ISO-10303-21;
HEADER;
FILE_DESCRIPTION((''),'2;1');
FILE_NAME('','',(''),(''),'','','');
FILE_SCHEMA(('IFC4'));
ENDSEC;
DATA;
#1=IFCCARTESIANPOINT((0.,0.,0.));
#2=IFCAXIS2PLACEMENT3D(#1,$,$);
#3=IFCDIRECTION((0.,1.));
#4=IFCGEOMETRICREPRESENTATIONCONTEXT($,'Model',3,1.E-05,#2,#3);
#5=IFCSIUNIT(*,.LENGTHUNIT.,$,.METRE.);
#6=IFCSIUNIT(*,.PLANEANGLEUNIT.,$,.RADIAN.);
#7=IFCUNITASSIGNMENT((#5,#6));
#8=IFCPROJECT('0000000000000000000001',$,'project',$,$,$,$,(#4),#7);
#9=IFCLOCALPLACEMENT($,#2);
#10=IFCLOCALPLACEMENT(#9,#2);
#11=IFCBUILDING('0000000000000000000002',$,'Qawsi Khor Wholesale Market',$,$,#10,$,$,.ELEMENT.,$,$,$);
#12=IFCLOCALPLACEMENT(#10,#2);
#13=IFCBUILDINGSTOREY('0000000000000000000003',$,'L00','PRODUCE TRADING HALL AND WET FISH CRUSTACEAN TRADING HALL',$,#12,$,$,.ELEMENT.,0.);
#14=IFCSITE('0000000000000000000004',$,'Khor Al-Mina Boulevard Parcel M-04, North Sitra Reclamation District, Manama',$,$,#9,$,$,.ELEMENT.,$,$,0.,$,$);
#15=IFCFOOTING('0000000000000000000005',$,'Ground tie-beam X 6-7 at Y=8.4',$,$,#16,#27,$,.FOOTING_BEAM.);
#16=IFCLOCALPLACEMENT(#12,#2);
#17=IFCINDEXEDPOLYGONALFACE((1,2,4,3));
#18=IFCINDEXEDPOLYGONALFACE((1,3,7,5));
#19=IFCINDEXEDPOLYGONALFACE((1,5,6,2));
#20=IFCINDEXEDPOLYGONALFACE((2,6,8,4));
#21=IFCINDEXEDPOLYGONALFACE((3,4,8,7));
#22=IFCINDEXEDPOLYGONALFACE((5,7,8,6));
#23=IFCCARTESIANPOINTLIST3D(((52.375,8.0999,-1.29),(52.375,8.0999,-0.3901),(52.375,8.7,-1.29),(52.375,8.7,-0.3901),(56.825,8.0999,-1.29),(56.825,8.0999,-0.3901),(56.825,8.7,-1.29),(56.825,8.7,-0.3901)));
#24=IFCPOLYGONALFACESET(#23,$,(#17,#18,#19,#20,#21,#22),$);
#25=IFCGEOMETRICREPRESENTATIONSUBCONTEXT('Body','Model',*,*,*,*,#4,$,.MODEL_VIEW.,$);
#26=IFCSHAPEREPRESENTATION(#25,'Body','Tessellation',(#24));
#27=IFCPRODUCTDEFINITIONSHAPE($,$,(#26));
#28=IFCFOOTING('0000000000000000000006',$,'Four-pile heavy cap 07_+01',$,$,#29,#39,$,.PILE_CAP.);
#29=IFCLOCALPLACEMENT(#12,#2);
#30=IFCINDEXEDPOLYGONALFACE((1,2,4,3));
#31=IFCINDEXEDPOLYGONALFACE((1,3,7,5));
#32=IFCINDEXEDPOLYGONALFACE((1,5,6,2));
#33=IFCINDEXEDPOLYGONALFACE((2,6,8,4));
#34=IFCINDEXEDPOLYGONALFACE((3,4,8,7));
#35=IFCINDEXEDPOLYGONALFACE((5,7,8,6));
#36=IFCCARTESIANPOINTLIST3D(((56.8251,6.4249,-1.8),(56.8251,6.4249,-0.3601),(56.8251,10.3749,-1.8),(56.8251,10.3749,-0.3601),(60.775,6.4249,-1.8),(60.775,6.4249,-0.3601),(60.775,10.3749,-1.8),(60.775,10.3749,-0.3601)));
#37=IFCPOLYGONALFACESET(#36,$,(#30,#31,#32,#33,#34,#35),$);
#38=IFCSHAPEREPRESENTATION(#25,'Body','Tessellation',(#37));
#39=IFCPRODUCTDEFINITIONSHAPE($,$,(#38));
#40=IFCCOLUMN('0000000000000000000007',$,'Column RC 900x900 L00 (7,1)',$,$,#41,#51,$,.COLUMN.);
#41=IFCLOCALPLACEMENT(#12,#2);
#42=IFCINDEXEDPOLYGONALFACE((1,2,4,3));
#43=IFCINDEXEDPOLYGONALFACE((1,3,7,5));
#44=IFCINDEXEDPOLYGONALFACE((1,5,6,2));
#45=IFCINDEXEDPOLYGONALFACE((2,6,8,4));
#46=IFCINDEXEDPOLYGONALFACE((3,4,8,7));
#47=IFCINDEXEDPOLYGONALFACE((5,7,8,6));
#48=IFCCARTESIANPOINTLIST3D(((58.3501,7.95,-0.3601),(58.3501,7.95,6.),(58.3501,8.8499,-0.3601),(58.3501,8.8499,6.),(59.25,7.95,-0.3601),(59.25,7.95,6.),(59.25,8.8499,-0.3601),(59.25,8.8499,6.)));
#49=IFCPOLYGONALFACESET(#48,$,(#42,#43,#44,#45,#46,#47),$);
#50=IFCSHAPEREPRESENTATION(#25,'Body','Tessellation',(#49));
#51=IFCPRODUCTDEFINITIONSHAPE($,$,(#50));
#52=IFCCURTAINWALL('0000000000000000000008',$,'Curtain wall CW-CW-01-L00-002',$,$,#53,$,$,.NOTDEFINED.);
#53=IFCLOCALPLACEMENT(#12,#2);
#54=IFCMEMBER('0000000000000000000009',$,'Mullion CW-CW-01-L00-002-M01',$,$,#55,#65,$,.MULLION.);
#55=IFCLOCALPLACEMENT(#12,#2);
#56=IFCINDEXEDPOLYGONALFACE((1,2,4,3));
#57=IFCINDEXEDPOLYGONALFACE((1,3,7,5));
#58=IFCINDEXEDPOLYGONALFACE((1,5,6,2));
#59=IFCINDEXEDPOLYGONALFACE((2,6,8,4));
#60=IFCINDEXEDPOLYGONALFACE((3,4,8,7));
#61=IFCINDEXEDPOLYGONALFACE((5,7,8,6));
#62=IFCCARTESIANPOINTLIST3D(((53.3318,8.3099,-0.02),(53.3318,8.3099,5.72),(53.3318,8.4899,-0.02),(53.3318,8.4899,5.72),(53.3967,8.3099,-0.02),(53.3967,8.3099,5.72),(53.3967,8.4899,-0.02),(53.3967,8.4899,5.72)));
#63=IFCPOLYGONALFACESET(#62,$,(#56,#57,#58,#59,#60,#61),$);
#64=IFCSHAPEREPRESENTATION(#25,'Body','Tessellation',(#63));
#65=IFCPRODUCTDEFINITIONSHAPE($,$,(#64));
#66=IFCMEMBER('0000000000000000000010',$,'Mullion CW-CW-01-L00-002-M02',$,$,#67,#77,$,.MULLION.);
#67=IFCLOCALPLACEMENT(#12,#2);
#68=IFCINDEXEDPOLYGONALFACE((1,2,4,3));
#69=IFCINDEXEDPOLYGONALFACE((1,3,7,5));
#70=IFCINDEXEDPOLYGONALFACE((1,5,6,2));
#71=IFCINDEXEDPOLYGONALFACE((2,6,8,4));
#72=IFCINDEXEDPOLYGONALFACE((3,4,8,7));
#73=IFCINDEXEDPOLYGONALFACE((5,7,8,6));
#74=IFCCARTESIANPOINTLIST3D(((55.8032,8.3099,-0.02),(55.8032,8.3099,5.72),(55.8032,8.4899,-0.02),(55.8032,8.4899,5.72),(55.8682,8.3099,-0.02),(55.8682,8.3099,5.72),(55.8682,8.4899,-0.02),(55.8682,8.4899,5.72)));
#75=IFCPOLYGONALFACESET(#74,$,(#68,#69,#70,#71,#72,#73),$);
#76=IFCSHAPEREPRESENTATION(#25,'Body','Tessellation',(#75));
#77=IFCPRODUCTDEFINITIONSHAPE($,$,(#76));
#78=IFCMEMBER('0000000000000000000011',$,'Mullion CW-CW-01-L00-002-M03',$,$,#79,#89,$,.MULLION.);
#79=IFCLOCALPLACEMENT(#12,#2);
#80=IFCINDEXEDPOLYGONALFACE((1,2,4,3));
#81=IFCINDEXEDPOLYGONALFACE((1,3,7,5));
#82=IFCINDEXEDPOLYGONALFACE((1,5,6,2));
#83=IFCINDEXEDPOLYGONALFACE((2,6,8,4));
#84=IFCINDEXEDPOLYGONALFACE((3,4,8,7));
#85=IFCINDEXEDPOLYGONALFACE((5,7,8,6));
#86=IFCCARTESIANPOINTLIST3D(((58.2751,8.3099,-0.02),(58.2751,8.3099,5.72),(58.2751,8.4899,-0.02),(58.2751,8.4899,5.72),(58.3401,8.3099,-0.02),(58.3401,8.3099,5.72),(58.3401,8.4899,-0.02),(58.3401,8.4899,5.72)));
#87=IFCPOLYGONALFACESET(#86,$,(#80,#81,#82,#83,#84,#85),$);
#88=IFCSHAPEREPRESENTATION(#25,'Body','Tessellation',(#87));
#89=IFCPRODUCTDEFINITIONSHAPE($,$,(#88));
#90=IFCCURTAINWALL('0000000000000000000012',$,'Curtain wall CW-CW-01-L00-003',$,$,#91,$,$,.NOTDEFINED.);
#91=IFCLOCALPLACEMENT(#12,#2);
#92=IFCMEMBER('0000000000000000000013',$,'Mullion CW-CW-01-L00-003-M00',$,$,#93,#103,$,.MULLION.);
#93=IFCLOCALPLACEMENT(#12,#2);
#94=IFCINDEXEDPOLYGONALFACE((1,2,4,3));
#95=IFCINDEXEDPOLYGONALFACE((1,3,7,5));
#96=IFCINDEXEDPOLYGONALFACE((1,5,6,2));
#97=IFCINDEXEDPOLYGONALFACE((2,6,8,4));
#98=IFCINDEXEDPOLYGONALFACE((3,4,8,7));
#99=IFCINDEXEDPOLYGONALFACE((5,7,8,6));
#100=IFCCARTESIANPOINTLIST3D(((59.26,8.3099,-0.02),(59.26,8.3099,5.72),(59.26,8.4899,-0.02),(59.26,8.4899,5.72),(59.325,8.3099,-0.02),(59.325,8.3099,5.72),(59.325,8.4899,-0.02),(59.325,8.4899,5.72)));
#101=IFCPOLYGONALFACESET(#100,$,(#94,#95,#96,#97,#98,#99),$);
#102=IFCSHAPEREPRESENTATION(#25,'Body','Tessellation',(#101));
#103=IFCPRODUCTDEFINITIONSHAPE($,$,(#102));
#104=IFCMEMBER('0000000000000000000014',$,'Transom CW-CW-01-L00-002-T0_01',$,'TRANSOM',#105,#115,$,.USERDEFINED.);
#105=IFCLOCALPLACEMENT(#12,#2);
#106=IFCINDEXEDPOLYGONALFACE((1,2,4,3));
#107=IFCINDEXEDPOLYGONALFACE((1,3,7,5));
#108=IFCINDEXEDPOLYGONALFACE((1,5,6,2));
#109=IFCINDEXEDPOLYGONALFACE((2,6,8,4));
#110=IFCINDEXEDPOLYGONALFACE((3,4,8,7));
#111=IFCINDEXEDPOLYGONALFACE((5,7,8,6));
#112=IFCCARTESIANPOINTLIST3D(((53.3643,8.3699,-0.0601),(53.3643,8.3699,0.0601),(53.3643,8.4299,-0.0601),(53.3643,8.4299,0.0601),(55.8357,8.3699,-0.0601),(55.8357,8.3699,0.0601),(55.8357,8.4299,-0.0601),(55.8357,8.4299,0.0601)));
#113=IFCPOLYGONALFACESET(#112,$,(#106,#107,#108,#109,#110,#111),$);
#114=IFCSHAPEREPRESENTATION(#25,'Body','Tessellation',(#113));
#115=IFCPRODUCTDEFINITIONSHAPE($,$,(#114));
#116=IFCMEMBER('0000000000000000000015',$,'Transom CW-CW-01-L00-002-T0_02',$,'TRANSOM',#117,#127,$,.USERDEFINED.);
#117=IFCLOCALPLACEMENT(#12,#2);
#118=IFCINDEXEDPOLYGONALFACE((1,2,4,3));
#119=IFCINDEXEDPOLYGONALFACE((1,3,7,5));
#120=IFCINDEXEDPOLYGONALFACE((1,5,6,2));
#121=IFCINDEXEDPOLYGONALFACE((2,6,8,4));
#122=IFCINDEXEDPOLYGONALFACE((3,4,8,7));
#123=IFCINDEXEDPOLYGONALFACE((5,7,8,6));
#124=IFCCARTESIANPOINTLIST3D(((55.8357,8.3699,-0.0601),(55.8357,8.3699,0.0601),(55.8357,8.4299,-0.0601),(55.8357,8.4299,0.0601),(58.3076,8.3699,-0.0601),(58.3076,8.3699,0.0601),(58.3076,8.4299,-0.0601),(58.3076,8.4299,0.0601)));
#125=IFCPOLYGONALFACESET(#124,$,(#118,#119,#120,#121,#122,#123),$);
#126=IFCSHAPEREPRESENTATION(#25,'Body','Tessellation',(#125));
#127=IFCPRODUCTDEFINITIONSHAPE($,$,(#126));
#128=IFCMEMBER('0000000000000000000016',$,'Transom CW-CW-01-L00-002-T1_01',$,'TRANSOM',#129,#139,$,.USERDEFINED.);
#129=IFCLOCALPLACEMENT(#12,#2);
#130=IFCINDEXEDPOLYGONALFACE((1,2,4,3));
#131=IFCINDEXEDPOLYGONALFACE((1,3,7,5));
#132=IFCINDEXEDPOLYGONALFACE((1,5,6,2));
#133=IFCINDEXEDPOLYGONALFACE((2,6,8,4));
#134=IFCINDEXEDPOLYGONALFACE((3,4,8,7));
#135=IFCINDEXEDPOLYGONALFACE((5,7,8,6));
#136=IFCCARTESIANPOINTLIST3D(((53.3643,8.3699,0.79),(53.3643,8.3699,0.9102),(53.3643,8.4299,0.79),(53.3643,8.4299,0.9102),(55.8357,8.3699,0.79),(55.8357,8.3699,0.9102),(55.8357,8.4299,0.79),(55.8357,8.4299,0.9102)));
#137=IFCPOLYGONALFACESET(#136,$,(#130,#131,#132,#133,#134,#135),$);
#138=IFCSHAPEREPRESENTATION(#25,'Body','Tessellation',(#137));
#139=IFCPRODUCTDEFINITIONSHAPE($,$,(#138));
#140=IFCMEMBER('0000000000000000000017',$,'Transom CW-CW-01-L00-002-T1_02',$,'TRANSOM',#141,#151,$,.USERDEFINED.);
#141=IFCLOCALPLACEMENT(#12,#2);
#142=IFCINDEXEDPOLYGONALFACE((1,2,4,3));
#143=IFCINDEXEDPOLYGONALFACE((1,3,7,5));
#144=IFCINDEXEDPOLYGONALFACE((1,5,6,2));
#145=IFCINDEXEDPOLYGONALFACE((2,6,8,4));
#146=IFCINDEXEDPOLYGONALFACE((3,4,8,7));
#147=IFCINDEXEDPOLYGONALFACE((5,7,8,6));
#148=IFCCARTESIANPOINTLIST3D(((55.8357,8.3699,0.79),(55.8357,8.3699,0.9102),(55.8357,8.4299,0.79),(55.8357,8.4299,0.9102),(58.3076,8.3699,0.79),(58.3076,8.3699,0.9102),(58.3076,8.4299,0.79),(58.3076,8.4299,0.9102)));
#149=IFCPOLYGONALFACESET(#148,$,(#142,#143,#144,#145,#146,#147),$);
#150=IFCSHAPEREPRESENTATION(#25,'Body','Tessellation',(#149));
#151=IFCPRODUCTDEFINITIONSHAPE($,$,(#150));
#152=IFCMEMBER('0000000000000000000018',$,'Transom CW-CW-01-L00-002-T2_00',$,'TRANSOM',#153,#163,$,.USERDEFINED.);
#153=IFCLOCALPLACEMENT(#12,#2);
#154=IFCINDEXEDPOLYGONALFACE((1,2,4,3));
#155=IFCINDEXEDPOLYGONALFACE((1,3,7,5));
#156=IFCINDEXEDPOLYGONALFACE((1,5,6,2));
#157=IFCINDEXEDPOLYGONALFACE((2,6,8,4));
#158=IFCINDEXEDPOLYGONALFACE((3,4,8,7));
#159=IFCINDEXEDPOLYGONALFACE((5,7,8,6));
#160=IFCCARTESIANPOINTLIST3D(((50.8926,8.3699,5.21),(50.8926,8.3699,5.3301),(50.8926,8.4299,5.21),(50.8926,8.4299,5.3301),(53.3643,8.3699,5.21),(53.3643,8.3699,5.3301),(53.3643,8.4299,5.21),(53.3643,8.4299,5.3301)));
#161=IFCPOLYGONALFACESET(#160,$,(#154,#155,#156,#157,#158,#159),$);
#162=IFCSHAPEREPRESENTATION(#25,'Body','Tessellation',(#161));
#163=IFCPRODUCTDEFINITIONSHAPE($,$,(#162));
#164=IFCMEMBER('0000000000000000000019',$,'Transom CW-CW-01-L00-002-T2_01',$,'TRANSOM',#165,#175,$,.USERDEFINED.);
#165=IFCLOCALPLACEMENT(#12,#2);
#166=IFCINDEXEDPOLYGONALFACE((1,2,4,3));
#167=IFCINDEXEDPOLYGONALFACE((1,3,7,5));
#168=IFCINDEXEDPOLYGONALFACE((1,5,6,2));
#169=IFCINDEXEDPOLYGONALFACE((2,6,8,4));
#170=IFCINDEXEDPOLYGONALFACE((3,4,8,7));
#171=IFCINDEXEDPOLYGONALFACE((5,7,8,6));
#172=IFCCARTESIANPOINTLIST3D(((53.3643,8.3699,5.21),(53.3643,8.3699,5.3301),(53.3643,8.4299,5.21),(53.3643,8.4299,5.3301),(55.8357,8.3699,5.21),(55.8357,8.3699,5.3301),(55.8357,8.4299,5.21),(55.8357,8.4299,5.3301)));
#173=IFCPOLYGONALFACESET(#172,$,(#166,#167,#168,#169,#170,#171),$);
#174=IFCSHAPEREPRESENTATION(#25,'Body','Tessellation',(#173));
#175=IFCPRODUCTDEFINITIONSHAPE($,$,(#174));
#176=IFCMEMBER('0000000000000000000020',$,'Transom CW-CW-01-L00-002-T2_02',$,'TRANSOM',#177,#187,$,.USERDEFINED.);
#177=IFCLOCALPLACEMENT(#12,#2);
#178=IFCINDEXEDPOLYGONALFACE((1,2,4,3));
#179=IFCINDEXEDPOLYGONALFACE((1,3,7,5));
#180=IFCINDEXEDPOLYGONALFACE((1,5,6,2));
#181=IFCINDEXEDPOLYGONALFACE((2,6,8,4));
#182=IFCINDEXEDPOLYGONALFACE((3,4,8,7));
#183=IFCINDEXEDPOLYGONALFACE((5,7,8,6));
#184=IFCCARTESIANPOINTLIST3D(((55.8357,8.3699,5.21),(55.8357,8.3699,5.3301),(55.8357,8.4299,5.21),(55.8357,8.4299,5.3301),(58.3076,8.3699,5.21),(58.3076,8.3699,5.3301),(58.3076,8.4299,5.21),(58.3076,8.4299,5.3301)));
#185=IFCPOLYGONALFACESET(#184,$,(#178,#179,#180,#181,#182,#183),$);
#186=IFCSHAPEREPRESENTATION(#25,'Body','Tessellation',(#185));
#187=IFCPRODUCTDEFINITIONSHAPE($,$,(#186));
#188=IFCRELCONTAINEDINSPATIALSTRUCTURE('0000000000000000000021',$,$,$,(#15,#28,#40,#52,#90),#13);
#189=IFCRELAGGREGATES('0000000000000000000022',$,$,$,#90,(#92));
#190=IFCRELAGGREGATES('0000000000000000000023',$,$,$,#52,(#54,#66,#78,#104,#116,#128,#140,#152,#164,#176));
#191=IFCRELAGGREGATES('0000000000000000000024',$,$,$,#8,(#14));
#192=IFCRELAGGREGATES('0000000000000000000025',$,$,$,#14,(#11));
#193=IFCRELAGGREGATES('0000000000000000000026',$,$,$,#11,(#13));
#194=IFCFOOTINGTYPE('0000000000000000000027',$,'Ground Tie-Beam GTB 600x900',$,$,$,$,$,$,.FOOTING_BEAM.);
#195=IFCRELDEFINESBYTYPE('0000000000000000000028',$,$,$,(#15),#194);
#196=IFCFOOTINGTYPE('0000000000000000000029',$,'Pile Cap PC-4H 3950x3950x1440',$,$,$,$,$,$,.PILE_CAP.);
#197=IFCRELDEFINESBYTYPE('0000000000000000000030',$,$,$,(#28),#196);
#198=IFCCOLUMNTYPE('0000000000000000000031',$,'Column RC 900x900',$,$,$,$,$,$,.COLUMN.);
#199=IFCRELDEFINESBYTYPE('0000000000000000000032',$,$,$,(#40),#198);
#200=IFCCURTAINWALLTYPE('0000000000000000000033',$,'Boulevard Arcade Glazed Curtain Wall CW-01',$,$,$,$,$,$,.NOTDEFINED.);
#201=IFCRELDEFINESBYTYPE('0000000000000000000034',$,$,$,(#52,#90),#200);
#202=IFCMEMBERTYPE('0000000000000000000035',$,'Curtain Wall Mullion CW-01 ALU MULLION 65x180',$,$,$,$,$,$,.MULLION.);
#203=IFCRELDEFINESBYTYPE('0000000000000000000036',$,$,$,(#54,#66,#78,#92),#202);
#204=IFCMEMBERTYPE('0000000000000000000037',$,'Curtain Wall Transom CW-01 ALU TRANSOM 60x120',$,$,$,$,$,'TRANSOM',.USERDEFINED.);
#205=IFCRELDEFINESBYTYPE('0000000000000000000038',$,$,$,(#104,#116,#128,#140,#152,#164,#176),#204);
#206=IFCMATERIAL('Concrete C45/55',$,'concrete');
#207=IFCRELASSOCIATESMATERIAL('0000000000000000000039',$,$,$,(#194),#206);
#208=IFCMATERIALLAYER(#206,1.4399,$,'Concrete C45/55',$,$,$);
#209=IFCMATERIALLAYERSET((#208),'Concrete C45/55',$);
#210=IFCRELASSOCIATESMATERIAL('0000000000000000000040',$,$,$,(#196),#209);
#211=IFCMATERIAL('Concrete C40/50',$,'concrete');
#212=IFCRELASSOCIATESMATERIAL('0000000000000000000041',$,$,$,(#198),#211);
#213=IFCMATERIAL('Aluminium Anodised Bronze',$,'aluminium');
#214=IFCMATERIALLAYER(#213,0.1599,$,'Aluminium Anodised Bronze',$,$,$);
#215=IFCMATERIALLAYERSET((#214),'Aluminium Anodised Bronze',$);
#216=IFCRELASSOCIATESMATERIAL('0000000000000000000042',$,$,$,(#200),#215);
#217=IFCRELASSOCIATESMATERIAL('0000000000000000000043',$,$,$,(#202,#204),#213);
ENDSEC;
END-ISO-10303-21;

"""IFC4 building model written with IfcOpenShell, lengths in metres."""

from ifc_helpers import new_model, si_unit, direction, frame, origin, origin_2d, place, context, subcontext, project, spatial, rectangle, extrude, material, layer, layer_set, material_profile, profile_set, type_object, element, aggregate, save


model = new_model("IFC4")

# Units and contexts
model_context = context("Model", 3, precision=1e-05, world=origin(), true_north=direction((0.0, 1.0)))
body_context = subcontext(model_context, "Body", "Model", "MODEL_VIEW")
ifc_project = project(units=[si_unit("LENGTHUNIT", "METRE"), si_unit("PLANEANGLEUNIT", "RADIAN")], contexts=[model_context])

# Site, building, storey
site_placement = place(None, origin())
site = spatial("IfcSite", under=ifc_project, at=site_placement, Name="Khor Al-Mina Boulevard Parcel M-04, North Sitra Reclamation District, Manama", CompositionType="ELEMENT", RefElevation=0.0)
building_placement = place(site_placement, origin())
building = spatial("IfcBuilding", under=site, at=building_placement, Name="Qawsi Khor Wholesale Market", CompositionType="ELEMENT")
storey_placement = place(building_placement, origin())
storey = spatial("IfcBuildingStorey", under=building, at=storey_placement, Name="L00", Description="PRODUCE TRADING HALL AND WET FISH CRUSTACEAN TRADING HALL", CompositionType="ELEMENT", Elevation=0.0)

# Footings
ifc_material_1 = material(Name="Concrete C45/55", Category="concrete")
ifc_material_profile_1 = material_profile(ifc_material_1, rectangle(XDim=0.6001, YDim=0.8999, at=origin_2d()), Name="RC 600x900")
ifc_profile_set_1 = profile_set([ifc_material_profile_1], Name="Concrete C45/55")
footing_type_1 = type_object("IfcFootingType", Name="Ground Tie-Beam GTB 600x900", PredefinedType="FOOTING_BEAM", material=ifc_profile_set_1)
footing_1_placement = place(storey_placement, frame((52.375, 8.3999, -0.8401), z_axis=(1.0, 0.0, 0.0), x_axis=(0.0, 1.0, 0.0)))
element("IfcFooting", 1, at=footing_1_placement, inside=storey, type_object=footing_type_1, Name="Ground tie-beam X 6-7 at Y=8.4", PredefinedType="FOOTING_BEAM", context=body_context, shape_type="SweptSolid", body=[
    extrude(rectangle(XDim=0.6001, YDim=0.8999, at=origin_2d()), origin(), (0.0, 0.0, 1.0), 4.45),
])
ifc_layer_1 = layer(ifc_material_1, 1.4399, Name="Concrete C45/55")
ifc_layer_set_1 = layer_set([ifc_layer_1], Name="Concrete C45/55")
footing_type_2 = type_object("IfcFootingType", Name="Pile Cap PC-4H 3950x3950x1440", PredefinedType="PILE_CAP", material=ifc_layer_set_1)
footing_2_placement = place(storey_placement, frame((58.8, 8.3999, -1.8), z_axis=(0.0, 0.0, 1.0), x_axis=(1.0, 0.0, 0.0)))
element("IfcFooting", 2, at=footing_2_placement, inside=storey, type_object=footing_type_2, Name="Four-pile heavy cap 07_+01", PredefinedType="PILE_CAP", context=body_context, shape_type="SweptSolid", body=[
    extrude(rectangle(XDim=3.95, YDim=3.95, at=origin_2d()), origin(), (0.0, 0.0, 1.0), 1.4399),
])

# Column
ifc_material_2 = material(Name="Concrete C40/50", Category="concrete")
ifc_material_profile_2 = material_profile(ifc_material_2, rectangle(XDim=0.8999, YDim=0.8999, at=origin_2d()), Name="RC 900x900")
ifc_profile_set_2 = profile_set([ifc_material_profile_2], Name="Concrete C40/50")
column_type = type_object("IfcColumnType", Name="Column RC 900x900", PredefinedType="COLUMN", material=ifc_profile_set_2)
column_placement = place(storey_placement, frame((58.8, 8.3999, -0.3601), z_axis=(0.0, 0.0, 1.0), x_axis=(1.0, 0.0, 0.0)))
element("IfcColumn", 3, at=column_placement, inside=storey, type_object=column_type, Name="Column RC 900x900 L00 (7,1)", PredefinedType="COLUMN", context=body_context, shape_type="SweptSolid", body=[
    extrude(rectangle(XDim=0.8999, YDim=0.8999, at=origin_2d()), origin(), (0.0, 0.0, 1.0), 6.3601),
])

# Curtain wall, members
ifc_material_3 = material(Name="Aluminium Anodised Bronze", Category="aluminium")
ifc_layer_2 = layer(ifc_material_3, 0.1599, Name="Aluminium Anodised Bronze")
ifc_layer_set_2 = layer_set([ifc_layer_2], Name="Aluminium Anodised Bronze")
curtain_wall_type = type_object("IfcCurtainWallType", Name="Boulevard Arcade Glazed Curtain Wall CW-01", PredefinedType="NOTDEFINED", material=ifc_layer_set_2)
curtain_wall_1_placement = place(storey_placement, origin())
curtain_wall_1 = element("IfcCurtainWall", 4, at=curtain_wall_1_placement, inside=storey, type_object=curtain_wall_type, Name="Curtain wall CW-CW-01-L00-002", PredefinedType="NOTDEFINED")
ifc_material_profile_3 = material_profile(ifc_material_3, rectangle(XDim=0.0649, YDim=0.1799, at=origin_2d()), Name="ALU MULLION 65x180")
ifc_profile_set_3 = profile_set([ifc_material_profile_3], Name="Aluminium Anodised Bronze")
member_type_1 = type_object("IfcMemberType", Name="Curtain Wall Mullion CW-01 ALU MULLION 65x180", PredefinedType="MULLION", material=ifc_profile_set_3)
member_1_placement = place(storey_placement, frame((53.3643, 8.3999, -0.02), z_axis=(0.0, 0.0, 1.0), x_axis=(1.0, 0.0, 0.0)))
member_1 = element("IfcMember", 5, at=member_1_placement, type_object=member_type_1, Name="Mullion CW-CW-01-L00-002-M01", PredefinedType="MULLION", context=body_context, shape_type="SweptSolid", body=[
    extrude(rectangle(XDim=0.0649, YDim=0.1799, at=origin_2d()), origin(), (0.0, 0.0, 1.0), 5.74),
])
member_2_placement = place(storey_placement, frame((55.8357, 8.3999, -0.02), z_axis=(0.0, 0.0, 1.0), x_axis=(1.0, 0.0, 0.0)))
member_2 = element("IfcMember", 6, at=member_2_placement, type_object=member_type_1, Name="Mullion CW-CW-01-L00-002-M02", PredefinedType="MULLION", context=body_context, shape_type="SweptSolid", body=[
    extrude(rectangle(XDim=0.0649, YDim=0.1799, at=origin_2d()), origin(), (0.0, 0.0, 1.0), 5.74),
])
member_3_placement = place(storey_placement, frame((58.3076, 8.3999, -0.02), z_axis=(0.0, 0.0, 1.0), x_axis=(1.0, 0.0, 0.0)))
member_3 = element("IfcMember", 7, at=member_3_placement, type_object=member_type_1, Name="Mullion CW-CW-01-L00-002-M03", PredefinedType="MULLION", context=body_context, shape_type="SweptSolid", body=[
    extrude(rectangle(XDim=0.0649, YDim=0.1799, at=origin_2d()), origin(), (0.0, 0.0, 1.0), 5.74),
])

# Curtain wall, member
curtain_wall_2_placement = place(storey_placement, origin())
curtain_wall_2 = element("IfcCurtainWall", 8, at=curtain_wall_2_placement, inside=storey, type_object=curtain_wall_type, Name="Curtain wall CW-CW-01-L00-003", PredefinedType="NOTDEFINED")
member_4_placement = place(storey_placement, frame((59.2925, 8.3999, -0.02), z_axis=(0.0, 0.0, 1.0), x_axis=(1.0, 0.0, 0.0)))
member_4 = element("IfcMember", 9, at=member_4_placement, type_object=member_type_1, Name="Mullion CW-CW-01-L00-003-M00", PredefinedType="MULLION", context=body_context, shape_type="SweptSolid", body=[
    extrude(rectangle(XDim=0.0649, YDim=0.1799, at=origin_2d()), origin(), (0.0, 0.0, 1.0), 5.74),
])

# Members
ifc_material_profile_4 = material_profile(ifc_material_3, rectangle(XDim=0.0601, YDim=0.1201, at=origin_2d()), Name="ALU TRANSOM 60x120")
ifc_profile_set_4 = profile_set([ifc_material_profile_4], Name="Aluminium Anodised Bronze")
member_type_2 = type_object("IfcMemberType", Name="Curtain Wall Transom CW-01 ALU TRANSOM 60x120", ElementType="TRANSOM", PredefinedType="USERDEFINED", material=ifc_profile_set_4)
member_5_placement = place(storey_placement, frame((53.3643, 8.3999, 0.0), z_axis=(1.0, 0.0, 0.0), x_axis=(0.0, 1.0, 0.0)))
member_5 = element("IfcMember", 10, at=member_5_placement, type_object=member_type_2, Name="Transom CW-CW-01-L00-002-T0_01", ObjectType="TRANSOM", PredefinedType="USERDEFINED", context=body_context, shape_type="SweptSolid", body=[
    extrude(rectangle(XDim=0.0601, YDim=0.1201, at=origin_2d()), origin(), (0.0, 0.0, 1.0), 2.4714),
])
member_6_placement = place(storey_placement, frame((55.8357, 8.3999, 0.0), z_axis=(1.0, 0.0, 0.0), x_axis=(0.0, 1.0, 0.0)))
member_6 = element("IfcMember", 11, at=member_6_placement, type_object=member_type_2, Name="Transom CW-CW-01-L00-002-T0_02", ObjectType="TRANSOM", PredefinedType="USERDEFINED", context=body_context, shape_type="SweptSolid", body=[
    extrude(rectangle(XDim=0.0601, YDim=0.1201, at=origin_2d()), origin(), (0.0, 0.0, 1.0), 2.4719),
])
member_7_placement = place(storey_placement, frame((53.3643, 8.3999, 0.8501), z_axis=(1.0, 0.0, 0.0), x_axis=(0.0, 1.0, 0.0)))
member_7 = element("IfcMember", 12, at=member_7_placement, type_object=member_type_2, Name="Transom CW-CW-01-L00-002-T1_01", ObjectType="TRANSOM", PredefinedType="USERDEFINED", context=body_context, shape_type="SweptSolid", body=[
    extrude(rectangle(XDim=0.0601, YDim=0.1201, at=origin_2d()), origin(), (0.0, 0.0, 1.0), 2.4714),
])
member_8_placement = place(storey_placement, frame((55.8357, 8.3999, 0.8501), z_axis=(1.0, 0.0, 0.0), x_axis=(0.0, 1.0, 0.0)))
member_8 = element("IfcMember", 13, at=member_8_placement, type_object=member_type_2, Name="Transom CW-CW-01-L00-002-T1_02", ObjectType="TRANSOM", PredefinedType="USERDEFINED", context=body_context, shape_type="SweptSolid", body=[
    extrude(rectangle(XDim=0.0601, YDim=0.1201, at=origin_2d()), origin(), (0.0, 0.0, 1.0), 2.4719),
])
member_9_placement = place(storey_placement, frame((50.8926, 8.3999, 5.27), z_axis=(1.0, 0.0, 0.0), x_axis=(0.0, 1.0, 0.0)))
member_9 = element("IfcMember", 14, at=member_9_placement, type_object=member_type_2, Name="Transom CW-CW-01-L00-002-T2_00", ObjectType="TRANSOM", PredefinedType="USERDEFINED", context=body_context, shape_type="SweptSolid", body=[
    extrude(rectangle(XDim=0.0601, YDim=0.1201, at=origin_2d()), origin(), (0.0, 0.0, 1.0), 2.4717),
])
member_10_placement = place(storey_placement, frame((53.3643, 8.3999, 5.27), z_axis=(1.0, 0.0, 0.0), x_axis=(0.0, 1.0, 0.0)))
member_10 = element("IfcMember", 15, at=member_10_placement, type_object=member_type_2, Name="Transom CW-CW-01-L00-002-T2_01", ObjectType="TRANSOM", PredefinedType="USERDEFINED", context=body_context, shape_type="SweptSolid", body=[
    extrude(rectangle(XDim=0.0601, YDim=0.1201, at=origin_2d()), origin(), (0.0, 0.0, 1.0), 2.4714),
])
member_11_placement = place(storey_placement, frame((55.8357, 8.3999, 5.27), z_axis=(1.0, 0.0, 0.0), x_axis=(0.0, 1.0, 0.0)))
member_11 = element("IfcMember", 16, at=member_11_placement, type_object=member_type_2, Name="Transom CW-CW-01-L00-002-T2_02", ObjectType="TRANSOM", PredefinedType="USERDEFINED", context=body_context, shape_type="SweptSolid", body=[
    extrude(rectangle(XDim=0.0601, YDim=0.1201, at=origin_2d()), origin(), (0.0, 0.0, 1.0), 2.4719),
])
aggregate(curtain_wall_2, [member_4])

aggregate(curtain_wall_1, [member_1, member_2, member_3, member_5, member_6, member_7, member_8, member_9, member_10, member_11])

save(model, "model.ifc")
